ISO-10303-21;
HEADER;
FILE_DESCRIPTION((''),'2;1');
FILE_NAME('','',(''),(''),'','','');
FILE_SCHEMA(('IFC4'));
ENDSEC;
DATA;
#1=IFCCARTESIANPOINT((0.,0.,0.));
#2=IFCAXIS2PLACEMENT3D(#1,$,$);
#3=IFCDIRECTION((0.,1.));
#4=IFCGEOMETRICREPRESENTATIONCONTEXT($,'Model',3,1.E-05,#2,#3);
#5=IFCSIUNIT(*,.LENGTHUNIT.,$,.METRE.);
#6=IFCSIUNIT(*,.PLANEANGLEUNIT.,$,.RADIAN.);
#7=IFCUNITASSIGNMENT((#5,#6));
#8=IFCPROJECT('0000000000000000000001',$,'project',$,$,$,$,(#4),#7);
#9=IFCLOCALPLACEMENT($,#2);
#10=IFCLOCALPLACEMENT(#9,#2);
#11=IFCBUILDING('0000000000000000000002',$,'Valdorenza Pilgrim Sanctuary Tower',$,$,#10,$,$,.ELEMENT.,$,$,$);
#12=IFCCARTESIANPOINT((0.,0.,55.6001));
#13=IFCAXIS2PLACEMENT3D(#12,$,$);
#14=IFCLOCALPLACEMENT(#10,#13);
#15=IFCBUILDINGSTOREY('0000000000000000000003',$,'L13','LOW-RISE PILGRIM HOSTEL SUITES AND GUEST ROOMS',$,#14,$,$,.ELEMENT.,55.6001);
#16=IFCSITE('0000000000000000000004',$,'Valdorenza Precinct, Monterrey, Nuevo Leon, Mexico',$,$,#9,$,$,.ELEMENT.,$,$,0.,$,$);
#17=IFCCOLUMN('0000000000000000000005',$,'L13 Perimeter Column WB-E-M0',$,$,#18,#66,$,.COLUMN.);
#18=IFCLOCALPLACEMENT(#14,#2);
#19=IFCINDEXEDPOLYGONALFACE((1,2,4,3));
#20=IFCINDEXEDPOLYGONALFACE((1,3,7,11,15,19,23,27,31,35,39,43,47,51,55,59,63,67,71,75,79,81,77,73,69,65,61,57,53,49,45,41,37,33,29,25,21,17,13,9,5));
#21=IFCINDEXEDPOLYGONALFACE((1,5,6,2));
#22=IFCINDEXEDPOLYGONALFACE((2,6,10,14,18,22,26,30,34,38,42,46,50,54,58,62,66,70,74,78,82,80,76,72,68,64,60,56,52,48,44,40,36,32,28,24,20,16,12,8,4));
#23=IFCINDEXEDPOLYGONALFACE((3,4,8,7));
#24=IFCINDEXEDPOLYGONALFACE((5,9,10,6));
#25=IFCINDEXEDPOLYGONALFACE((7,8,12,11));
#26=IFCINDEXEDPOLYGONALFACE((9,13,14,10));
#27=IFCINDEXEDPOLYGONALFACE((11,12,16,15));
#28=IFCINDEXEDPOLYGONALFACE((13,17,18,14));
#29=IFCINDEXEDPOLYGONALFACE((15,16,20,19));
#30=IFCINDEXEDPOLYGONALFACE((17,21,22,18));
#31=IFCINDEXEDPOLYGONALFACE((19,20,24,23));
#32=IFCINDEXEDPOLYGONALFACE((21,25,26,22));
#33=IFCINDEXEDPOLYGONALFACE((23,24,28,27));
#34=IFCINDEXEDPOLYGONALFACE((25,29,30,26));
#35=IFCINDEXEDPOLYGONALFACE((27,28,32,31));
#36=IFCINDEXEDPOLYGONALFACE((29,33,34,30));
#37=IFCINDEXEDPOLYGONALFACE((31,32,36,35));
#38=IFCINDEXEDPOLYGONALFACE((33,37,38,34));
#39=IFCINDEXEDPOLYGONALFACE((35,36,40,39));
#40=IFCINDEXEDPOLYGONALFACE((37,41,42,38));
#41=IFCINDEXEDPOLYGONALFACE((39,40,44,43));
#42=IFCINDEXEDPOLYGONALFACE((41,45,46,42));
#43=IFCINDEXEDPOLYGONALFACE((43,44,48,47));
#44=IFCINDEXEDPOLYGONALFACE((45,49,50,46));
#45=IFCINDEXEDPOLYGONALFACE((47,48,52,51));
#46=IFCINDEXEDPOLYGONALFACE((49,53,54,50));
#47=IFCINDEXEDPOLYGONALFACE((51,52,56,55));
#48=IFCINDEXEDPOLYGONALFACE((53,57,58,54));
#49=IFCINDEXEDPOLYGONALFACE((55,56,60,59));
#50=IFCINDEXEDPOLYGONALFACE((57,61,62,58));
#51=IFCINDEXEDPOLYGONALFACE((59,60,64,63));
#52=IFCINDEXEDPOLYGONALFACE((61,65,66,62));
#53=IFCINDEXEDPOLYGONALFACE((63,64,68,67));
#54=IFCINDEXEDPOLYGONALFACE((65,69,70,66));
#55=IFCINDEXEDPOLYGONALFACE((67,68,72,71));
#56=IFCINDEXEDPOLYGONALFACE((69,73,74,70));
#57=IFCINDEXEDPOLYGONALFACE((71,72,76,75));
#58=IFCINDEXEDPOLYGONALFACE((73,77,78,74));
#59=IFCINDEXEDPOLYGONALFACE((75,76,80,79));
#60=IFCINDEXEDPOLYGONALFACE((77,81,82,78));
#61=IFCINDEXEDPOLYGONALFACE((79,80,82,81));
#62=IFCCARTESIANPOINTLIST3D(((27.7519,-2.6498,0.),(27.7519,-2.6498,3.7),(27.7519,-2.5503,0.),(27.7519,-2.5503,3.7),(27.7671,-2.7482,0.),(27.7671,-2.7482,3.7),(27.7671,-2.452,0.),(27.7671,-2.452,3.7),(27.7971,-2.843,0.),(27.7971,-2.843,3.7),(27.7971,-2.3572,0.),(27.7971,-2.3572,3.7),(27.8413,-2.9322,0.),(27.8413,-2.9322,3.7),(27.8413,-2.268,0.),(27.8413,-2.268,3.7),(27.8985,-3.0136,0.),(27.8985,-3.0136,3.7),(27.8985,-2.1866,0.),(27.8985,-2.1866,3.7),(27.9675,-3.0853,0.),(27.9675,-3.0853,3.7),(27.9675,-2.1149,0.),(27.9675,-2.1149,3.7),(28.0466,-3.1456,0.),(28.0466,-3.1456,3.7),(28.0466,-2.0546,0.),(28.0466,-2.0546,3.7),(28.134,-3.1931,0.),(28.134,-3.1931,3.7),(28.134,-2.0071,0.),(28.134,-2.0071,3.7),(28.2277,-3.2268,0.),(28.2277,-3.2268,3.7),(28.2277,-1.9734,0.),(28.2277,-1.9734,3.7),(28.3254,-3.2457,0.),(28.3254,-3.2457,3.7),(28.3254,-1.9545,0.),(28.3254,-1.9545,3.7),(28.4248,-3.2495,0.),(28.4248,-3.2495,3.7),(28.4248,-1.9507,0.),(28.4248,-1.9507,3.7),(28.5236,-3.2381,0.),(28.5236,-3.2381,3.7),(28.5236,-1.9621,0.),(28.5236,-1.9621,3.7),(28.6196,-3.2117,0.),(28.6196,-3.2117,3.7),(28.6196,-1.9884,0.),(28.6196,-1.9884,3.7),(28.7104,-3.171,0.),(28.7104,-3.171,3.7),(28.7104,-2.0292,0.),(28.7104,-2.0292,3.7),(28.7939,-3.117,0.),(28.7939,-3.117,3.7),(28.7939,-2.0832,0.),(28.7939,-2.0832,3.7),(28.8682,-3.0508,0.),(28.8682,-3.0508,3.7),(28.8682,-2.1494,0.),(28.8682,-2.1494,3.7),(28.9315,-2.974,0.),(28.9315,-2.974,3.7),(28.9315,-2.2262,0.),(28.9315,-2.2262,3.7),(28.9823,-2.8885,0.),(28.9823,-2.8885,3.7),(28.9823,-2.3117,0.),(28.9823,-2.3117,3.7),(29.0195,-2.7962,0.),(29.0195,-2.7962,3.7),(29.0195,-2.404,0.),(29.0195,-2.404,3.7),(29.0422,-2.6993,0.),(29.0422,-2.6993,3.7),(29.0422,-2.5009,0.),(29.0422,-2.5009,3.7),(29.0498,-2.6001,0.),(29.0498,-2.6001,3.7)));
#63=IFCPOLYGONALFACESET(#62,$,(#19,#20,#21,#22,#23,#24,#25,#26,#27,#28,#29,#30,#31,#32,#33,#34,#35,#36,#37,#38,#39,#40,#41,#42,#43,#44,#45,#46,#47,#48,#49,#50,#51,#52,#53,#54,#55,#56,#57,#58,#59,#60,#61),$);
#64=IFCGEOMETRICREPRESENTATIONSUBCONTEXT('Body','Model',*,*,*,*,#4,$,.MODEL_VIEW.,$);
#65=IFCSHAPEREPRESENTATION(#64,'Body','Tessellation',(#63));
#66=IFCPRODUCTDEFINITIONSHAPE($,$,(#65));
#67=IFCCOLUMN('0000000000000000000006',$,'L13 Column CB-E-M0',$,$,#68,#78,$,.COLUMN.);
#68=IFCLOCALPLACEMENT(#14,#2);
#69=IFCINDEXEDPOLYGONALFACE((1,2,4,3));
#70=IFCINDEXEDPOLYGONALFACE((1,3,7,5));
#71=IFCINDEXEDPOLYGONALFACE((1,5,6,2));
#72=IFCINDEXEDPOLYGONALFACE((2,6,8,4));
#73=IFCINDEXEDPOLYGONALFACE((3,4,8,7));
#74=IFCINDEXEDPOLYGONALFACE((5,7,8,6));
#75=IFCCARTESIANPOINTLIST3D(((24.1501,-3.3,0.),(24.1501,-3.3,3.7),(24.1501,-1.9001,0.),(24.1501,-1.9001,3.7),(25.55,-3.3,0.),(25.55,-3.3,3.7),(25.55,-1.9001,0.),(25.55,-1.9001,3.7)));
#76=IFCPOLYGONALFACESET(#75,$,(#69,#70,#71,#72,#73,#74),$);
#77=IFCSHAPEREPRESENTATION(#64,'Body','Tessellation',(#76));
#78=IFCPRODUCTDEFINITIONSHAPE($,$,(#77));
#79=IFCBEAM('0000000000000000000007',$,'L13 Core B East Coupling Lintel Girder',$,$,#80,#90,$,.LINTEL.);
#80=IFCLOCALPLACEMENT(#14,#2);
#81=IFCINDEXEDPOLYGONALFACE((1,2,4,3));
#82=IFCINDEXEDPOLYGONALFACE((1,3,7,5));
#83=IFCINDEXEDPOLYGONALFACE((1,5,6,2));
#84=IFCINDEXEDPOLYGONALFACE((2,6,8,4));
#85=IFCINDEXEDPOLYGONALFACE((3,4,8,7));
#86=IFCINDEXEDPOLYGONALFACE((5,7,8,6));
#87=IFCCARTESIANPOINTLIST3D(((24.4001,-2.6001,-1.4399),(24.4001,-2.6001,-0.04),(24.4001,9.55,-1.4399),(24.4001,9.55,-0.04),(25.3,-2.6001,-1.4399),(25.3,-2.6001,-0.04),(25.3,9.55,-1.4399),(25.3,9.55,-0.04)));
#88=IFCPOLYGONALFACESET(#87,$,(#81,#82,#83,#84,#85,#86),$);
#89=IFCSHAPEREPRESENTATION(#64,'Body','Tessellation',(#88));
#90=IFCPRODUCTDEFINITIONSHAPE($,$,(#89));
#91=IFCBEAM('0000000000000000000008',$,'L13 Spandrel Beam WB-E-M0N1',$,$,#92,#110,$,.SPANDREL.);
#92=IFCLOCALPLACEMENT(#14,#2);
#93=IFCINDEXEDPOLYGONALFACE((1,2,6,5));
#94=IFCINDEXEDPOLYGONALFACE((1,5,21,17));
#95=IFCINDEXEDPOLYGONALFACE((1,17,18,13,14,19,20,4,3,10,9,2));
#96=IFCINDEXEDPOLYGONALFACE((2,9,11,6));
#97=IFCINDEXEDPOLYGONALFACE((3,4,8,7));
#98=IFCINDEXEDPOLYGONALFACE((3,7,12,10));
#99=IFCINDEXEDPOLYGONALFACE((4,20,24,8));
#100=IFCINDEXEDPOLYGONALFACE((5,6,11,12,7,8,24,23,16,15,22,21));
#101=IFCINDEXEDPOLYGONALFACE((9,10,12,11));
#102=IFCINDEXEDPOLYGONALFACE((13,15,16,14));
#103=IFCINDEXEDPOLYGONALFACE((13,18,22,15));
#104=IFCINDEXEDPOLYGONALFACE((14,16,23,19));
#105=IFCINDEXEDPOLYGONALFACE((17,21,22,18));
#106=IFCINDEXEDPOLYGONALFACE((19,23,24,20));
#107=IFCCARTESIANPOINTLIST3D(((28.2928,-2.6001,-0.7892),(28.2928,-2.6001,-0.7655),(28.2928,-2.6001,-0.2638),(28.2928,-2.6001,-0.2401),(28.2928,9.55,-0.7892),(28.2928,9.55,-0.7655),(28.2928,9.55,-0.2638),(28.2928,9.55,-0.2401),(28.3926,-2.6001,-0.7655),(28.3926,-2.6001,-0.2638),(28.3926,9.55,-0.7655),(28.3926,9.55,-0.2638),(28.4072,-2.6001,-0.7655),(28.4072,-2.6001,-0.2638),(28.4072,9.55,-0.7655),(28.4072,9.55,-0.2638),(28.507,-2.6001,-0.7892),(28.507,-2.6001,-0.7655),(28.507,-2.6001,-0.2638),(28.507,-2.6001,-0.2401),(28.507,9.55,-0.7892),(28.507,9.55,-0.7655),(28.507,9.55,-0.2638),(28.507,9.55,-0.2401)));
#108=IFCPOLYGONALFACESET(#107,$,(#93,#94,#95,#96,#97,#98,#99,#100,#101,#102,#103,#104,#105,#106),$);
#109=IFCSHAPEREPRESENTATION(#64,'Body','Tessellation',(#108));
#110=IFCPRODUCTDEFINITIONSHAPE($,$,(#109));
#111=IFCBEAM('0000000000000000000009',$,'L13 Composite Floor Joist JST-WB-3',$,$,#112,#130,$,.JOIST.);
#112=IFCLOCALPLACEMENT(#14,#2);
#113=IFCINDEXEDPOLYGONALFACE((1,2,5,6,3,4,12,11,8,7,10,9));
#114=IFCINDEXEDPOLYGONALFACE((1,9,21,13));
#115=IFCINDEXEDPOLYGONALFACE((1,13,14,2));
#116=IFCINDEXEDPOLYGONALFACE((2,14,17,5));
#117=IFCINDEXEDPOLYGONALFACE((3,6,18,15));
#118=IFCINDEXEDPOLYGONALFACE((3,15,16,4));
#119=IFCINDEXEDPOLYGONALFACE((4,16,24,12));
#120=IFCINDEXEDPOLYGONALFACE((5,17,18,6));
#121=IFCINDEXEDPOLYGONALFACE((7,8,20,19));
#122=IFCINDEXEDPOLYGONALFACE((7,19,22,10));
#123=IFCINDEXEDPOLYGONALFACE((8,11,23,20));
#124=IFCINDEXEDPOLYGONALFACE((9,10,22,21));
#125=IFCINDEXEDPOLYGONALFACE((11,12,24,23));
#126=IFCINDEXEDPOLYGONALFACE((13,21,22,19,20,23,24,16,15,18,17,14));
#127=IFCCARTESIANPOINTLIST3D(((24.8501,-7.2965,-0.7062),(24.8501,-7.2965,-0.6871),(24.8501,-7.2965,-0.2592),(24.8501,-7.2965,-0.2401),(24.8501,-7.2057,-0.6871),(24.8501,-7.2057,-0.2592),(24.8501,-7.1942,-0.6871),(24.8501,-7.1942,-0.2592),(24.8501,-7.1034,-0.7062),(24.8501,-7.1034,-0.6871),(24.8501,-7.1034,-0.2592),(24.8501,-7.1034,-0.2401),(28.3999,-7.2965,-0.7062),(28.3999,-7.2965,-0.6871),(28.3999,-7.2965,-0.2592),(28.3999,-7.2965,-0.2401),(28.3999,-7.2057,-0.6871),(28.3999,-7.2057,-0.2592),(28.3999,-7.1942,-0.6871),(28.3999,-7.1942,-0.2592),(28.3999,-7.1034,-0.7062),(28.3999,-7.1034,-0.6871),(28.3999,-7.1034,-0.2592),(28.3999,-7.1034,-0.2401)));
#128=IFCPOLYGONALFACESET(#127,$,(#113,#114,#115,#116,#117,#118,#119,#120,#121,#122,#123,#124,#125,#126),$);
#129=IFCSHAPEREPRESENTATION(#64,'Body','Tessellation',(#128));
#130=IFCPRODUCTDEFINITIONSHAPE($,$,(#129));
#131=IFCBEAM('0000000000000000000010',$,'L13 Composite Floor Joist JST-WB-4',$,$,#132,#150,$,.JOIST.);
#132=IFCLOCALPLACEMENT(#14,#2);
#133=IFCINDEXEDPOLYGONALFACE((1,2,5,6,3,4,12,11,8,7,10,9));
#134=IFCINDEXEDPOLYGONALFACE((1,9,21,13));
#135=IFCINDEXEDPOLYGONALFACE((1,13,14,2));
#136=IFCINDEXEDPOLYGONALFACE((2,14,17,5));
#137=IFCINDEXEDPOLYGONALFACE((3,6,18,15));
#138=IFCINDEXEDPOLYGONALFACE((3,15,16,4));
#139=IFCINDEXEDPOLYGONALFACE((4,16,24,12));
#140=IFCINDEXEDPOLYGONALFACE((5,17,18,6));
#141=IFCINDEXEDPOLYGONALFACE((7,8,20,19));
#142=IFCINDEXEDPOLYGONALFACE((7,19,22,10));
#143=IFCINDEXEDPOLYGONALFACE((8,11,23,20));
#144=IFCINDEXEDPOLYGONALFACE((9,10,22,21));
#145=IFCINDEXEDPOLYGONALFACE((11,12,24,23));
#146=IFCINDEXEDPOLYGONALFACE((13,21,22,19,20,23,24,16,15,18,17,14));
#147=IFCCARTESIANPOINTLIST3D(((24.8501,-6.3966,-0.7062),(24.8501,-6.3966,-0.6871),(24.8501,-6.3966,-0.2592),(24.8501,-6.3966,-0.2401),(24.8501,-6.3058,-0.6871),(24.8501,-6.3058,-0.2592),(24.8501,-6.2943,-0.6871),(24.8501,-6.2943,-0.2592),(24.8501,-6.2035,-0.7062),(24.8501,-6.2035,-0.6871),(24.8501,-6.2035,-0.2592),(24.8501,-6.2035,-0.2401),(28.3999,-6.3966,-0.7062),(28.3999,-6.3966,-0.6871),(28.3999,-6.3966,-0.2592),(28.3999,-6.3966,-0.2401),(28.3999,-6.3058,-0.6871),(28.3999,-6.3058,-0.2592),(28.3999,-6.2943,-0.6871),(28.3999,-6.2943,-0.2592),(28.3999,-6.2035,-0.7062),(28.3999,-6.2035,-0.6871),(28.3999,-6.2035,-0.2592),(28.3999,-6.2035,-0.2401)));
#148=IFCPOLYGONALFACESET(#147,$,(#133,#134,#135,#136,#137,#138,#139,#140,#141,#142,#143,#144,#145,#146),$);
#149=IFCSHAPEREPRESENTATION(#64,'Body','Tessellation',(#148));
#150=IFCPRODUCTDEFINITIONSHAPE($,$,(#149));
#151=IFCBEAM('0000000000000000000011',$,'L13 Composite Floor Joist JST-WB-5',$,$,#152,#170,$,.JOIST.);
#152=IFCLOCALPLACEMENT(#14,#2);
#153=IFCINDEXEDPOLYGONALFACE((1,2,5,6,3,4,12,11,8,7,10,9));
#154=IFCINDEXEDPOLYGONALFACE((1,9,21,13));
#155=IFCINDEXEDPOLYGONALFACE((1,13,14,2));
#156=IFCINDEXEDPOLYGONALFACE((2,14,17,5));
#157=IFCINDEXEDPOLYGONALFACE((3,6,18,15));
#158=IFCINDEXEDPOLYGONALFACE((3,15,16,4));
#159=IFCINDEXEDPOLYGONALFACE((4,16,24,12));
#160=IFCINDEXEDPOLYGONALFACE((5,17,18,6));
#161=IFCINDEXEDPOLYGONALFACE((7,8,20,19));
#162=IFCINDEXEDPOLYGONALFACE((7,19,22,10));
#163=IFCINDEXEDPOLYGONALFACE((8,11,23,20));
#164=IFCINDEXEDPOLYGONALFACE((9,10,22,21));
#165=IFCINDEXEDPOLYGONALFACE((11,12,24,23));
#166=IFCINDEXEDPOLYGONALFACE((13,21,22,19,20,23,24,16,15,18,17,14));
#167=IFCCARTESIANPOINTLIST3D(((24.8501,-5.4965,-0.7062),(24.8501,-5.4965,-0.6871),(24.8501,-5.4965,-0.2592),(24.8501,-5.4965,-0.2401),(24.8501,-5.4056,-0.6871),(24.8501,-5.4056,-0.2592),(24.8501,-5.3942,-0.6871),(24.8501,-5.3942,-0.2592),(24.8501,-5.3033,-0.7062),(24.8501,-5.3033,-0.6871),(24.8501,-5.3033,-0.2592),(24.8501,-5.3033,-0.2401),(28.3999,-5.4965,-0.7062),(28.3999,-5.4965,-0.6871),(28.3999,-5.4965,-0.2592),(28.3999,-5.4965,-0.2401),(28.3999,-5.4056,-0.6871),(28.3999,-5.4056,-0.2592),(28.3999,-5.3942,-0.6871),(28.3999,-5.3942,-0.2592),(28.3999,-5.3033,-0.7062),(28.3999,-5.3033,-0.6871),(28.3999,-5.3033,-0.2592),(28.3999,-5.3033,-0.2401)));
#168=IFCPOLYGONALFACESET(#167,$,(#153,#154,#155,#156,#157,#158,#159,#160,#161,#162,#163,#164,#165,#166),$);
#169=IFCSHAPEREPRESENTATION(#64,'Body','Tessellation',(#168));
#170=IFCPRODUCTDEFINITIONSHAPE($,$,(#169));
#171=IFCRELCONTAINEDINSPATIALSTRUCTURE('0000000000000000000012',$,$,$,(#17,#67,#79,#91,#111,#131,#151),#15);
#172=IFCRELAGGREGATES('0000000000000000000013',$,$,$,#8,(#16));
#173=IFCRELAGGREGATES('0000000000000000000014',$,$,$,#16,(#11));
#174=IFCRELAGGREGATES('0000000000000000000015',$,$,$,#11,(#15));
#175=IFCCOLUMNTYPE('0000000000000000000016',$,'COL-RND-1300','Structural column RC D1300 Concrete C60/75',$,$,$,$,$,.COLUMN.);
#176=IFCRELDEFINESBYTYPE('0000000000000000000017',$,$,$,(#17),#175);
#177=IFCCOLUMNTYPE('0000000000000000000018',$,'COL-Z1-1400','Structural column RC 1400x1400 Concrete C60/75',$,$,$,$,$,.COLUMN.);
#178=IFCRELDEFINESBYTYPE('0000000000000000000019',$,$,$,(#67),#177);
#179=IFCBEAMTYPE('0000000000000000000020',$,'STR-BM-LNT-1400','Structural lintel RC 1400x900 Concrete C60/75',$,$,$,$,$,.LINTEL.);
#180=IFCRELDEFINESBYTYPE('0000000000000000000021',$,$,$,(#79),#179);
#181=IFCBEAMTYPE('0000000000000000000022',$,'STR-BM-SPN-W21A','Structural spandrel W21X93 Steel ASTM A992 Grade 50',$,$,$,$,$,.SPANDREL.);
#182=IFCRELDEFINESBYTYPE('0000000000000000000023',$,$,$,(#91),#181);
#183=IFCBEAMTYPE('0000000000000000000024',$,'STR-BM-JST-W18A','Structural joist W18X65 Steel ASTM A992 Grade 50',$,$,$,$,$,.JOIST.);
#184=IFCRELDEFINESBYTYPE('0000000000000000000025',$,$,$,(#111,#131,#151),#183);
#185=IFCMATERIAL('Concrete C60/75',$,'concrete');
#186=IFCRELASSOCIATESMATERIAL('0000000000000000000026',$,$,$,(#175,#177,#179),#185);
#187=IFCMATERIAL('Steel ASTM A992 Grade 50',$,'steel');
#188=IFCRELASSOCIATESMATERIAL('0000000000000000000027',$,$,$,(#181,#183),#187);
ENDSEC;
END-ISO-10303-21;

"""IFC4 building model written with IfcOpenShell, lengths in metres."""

from ifc_helpers import new_model, si_unit, direction, frame, origin, origin_2d, place, context, subcontext, project, spatial, rectangle, circle, i_section, extrude, source, transform, mapped, material, material_profile, profile_set, type_object, element, save


model = new_model("IFC4")

# Units and contexts
model_context = context("Model", 3, precision=1e-05, world=origin(), true_north=direction((0.0, 1.0)))
body_context = subcontext(model_context, "Body", "Model", "MODEL_VIEW")
ifc_project = project(units=[si_unit("LENGTHUNIT", "METRE"), si_unit("PLANEANGLEUNIT", "RADIAN")], contexts=[model_context])

# Site, building, storey
site_placement = place(None, origin())
site = spatial("IfcSite", under=ifc_project, at=site_placement, Name="Valdorenza Precinct, Monterrey, Nuevo Leon, Mexico", CompositionType="ELEMENT", RefElevation=0.0)
building_placement = place(site_placement, origin())
building = spatial("IfcBuilding", under=site, at=building_placement, Name="Valdorenza Pilgrim Sanctuary Tower", CompositionType="ELEMENT")
storey_placement = place(building_placement, frame((0.0, 0.0, 55.6001)))
storey = spatial("IfcBuildingStorey", under=building, at=storey_placement, Name="L13", Description="LOW-RISE PILGRIM HOSTEL SUITES AND GUEST ROOMS", CompositionType="ELEMENT", Elevation=55.6001)

# Columns
ifc_material_1 = material(Name="Concrete C60/75", Category="concrete")
ifc_material_profile_1 = material_profile(ifc_material_1, circle(Radius=0.6499, at=origin_2d()), Name="RC D1300")
ifc_profile_set_1 = profile_set([ifc_material_profile_1], Name="Concrete C60/75")
column_type_1 = type_object("IfcColumnType", Name="COL-RND-1300", Description="Structural column RC D1300 Concrete C60/75", PredefinedType="COLUMN", material=ifc_profile_set_1)
shared_shape_1 = source(origin(), body_context, "Body", "SweptSolid", [
    extrude(circle(Radius=0.6499, at=origin_2d()), origin(), (0.0, 0.0, 1.0), 3.7),
])
column_1_placement = place(storey_placement, frame((28.3999, -2.6001, 0.0), z_axis=(0.0, 0.0, 1.0), x_axis=(1.0, 0.0, 0.0)))
element("IfcColumn", 1, at=column_1_placement, inside=storey, type_object=column_type_1, Name="L13 Perimeter Column WB-E-M0", PredefinedType="COLUMN", context=body_context, shape_type="MappedRepresentation", body=[
    mapped(shared_shape_1, transform((0.0, 0.0, 0.0), x_axis=(1.0, 0.0, 0.0), y_axis=(0.0, 1.0, 0.0), z_axis=(0.0, 0.0, 1.0), scale=1.0)),
])
ifc_material_profile_2 = material_profile(ifc_material_1, rectangle(XDim=1.3999, YDim=1.3999, at=origin_2d()), Name="RC 1400x1400")
ifc_profile_set_2 = profile_set([ifc_material_profile_2], Name="Concrete C60/75")
column_type_2 = type_object("IfcColumnType", Name="COL-Z1-1400", Description="Structural column RC 1400x1400 Concrete C60/75", PredefinedType="COLUMN", material=ifc_profile_set_2)
shared_shape_2 = source(origin(), body_context, "Body", "SweptSolid", [
    extrude(rectangle(XDim=1.3999, YDim=1.3999, at=origin_2d()), origin(), (0.0, 0.0, 1.0), 3.7),
])
column_2_placement = place(storey_placement, frame((24.8501, -2.6001, 0.0), z_axis=(0.0, 0.0, 1.0), x_axis=(1.0, 0.0, 0.0)))
element("IfcColumn", 2, at=column_2_placement, inside=storey, type_object=column_type_2, Name="L13 Column CB-E-M0", PredefinedType="COLUMN", context=body_context, shape_type="MappedRepresentation", body=[
    mapped(shared_shape_2, transform((0.0, 0.0, 0.0), x_axis=(1.0, 0.0, 0.0), y_axis=(0.0, 1.0, 0.0), z_axis=(0.0, 0.0, 1.0), scale=1.0)),
])

# Beams
ifc_material_profile_3 = material_profile(ifc_material_1, rectangle(XDim=0.8999, YDim=1.3999, at=origin_2d()), Name="RC 1400x900")
ifc_profile_set_3 = profile_set([ifc_material_profile_3], Name="Concrete C60/75")
beam_type_1 = type_object("IfcBeamType", Name="STR-BM-LNT-1400", Description="Structural lintel RC 1400x900 Concrete C60/75", PredefinedType="LINTEL", material=ifc_profile_set_3)
shared_shape_3 = source(origin(), body_context, "Body", "SweptSolid", [
    extrude(rectangle(XDim=0.8999, YDim=1.3999, at=origin_2d()), origin(), (0.0, 0.0, 1.0), 12.1501),
])
beam_1_placement = place(storey_placement, frame((24.8501, -2.6001, -0.74), z_axis=(0.0, 1.0, 0.0), x_axis=(-1.0, 0.0, 0.0)))
element("IfcBeam", 3, at=beam_1_placement, inside=storey, type_object=beam_type_1, Name="L13 Core B East Coupling Lintel Girder", PredefinedType="LINTEL", context=body_context, shape_type="MappedRepresentation", body=[
    mapped(shared_shape_3, transform((0.0, 0.0, 0.0), x_axis=(1.0, 0.0, 0.0), y_axis=(0.0, 1.0, 0.0), z_axis=(0.0, 0.0, 1.0), scale=1.0)),
])
ifc_material_2 = material(Name="Steel ASTM A992 Grade 50", Category="steel")
ifc_material_profile_4 = material_profile(ifc_material_2, i_section(OverallWidth=0.2141, OverallDepth=0.5491, WebThickness=0.0146, FlangeThickness=0.0237, at=origin_2d()), Name="W21X93")
ifc_profile_set_4 = profile_set([ifc_material_profile_4], Name="Steel ASTM A992 Grade 50")
beam_type_2 = type_object("IfcBeamType", Name="STR-BM-SPN-W21A", Description="Structural spandrel W21X93 Steel ASTM A992 Grade 50", PredefinedType="SPANDREL", material=ifc_profile_set_4)
shared_shape_4 = source(origin(), body_context, "Body", "SweptSolid", [
    extrude(i_section(OverallWidth=0.2141, OverallDepth=0.5491, WebThickness=0.0146, FlangeThickness=0.0237, at=origin_2d()), origin(), (0.0, 0.0, 1.0), 12.1501),
])
beam_2_placement = place(storey_placement, frame((28.3999, -2.6001, -0.5146), z_axis=(0.0, 1.0, 0.0), x_axis=(-1.0, 0.0, 0.0)))
element("IfcBeam", 4, at=beam_2_placement, inside=storey, type_object=beam_type_2, Name="L13 Spandrel Beam WB-E-M0N1", PredefinedType="SPANDREL", context=body_context, shape_type="MappedRepresentation", body=[
    mapped(shared_shape_4, transform((0.0, 0.0, 0.0), x_axis=(1.0, 0.0, 0.0), y_axis=(0.0, 1.0, 0.0), z_axis=(0.0, 0.0, 1.0), scale=1.0)),
])
ifc_material_profile_5 = material_profile(ifc_material_2, i_section(OverallWidth=0.1931, OverallDepth=0.4661, WebThickness=0.0115, FlangeThickness=0.019, at=origin_2d()), Name="W18X65")
ifc_profile_set_5 = profile_set([ifc_material_profile_5], Name="Steel ASTM A992 Grade 50")
beam_type_3 = type_object("IfcBeamType", Name="STR-BM-JST-W18A", Description="Structural joist W18X65 Steel ASTM A992 Grade 50", PredefinedType="JOIST", material=ifc_profile_set_5)
shared_shape_5 = source(origin(), body_context, "Body", "SweptSolid", [
    extrude(i_section(OverallWidth=0.1931, OverallDepth=0.4661, WebThickness=0.0115, FlangeThickness=0.019, at=origin_2d()), origin(), (0.0, 0.0, 1.0), 3.5498),
])
for number, where, z_axis, x_axis, name in (
    (5, (24.8501, -7.2, -0.4731), (1.0, 0.0, 0.0), (0.0, 1.0, 0.0), "L13 Composite Floor Joist JST-WB-3"),
    (6, (24.8501, -6.3, -0.4731), (1.0, 0.0, 0.0), (0.0, 1.0, 0.0), "L13 Composite Floor Joist JST-WB-4"),
    (7, (24.8501, -5.3999, -0.4731), (1.0, 0.0, 0.0), (0.0, 1.0, 0.0), "L13 Composite Floor Joist JST-WB-5"),
):
    element("IfcBeam", number, at=place(storey_placement, frame(where, z_axis=z_axis, x_axis=x_axis)), inside=storey, type_object=beam_type_3, Name=name, PredefinedType="JOIST", context=body_context, shape_type="MappedRepresentation", body=[
        mapped(shared_shape_5, transform((0.0, 0.0, 0.0), x_axis=(1.0, 0.0, 0.0), y_axis=(0.0, 1.0, 0.0), z_axis=(0.0, 0.0, 1.0), scale=1.0)),
    ])

save(model, "model.ifc")
